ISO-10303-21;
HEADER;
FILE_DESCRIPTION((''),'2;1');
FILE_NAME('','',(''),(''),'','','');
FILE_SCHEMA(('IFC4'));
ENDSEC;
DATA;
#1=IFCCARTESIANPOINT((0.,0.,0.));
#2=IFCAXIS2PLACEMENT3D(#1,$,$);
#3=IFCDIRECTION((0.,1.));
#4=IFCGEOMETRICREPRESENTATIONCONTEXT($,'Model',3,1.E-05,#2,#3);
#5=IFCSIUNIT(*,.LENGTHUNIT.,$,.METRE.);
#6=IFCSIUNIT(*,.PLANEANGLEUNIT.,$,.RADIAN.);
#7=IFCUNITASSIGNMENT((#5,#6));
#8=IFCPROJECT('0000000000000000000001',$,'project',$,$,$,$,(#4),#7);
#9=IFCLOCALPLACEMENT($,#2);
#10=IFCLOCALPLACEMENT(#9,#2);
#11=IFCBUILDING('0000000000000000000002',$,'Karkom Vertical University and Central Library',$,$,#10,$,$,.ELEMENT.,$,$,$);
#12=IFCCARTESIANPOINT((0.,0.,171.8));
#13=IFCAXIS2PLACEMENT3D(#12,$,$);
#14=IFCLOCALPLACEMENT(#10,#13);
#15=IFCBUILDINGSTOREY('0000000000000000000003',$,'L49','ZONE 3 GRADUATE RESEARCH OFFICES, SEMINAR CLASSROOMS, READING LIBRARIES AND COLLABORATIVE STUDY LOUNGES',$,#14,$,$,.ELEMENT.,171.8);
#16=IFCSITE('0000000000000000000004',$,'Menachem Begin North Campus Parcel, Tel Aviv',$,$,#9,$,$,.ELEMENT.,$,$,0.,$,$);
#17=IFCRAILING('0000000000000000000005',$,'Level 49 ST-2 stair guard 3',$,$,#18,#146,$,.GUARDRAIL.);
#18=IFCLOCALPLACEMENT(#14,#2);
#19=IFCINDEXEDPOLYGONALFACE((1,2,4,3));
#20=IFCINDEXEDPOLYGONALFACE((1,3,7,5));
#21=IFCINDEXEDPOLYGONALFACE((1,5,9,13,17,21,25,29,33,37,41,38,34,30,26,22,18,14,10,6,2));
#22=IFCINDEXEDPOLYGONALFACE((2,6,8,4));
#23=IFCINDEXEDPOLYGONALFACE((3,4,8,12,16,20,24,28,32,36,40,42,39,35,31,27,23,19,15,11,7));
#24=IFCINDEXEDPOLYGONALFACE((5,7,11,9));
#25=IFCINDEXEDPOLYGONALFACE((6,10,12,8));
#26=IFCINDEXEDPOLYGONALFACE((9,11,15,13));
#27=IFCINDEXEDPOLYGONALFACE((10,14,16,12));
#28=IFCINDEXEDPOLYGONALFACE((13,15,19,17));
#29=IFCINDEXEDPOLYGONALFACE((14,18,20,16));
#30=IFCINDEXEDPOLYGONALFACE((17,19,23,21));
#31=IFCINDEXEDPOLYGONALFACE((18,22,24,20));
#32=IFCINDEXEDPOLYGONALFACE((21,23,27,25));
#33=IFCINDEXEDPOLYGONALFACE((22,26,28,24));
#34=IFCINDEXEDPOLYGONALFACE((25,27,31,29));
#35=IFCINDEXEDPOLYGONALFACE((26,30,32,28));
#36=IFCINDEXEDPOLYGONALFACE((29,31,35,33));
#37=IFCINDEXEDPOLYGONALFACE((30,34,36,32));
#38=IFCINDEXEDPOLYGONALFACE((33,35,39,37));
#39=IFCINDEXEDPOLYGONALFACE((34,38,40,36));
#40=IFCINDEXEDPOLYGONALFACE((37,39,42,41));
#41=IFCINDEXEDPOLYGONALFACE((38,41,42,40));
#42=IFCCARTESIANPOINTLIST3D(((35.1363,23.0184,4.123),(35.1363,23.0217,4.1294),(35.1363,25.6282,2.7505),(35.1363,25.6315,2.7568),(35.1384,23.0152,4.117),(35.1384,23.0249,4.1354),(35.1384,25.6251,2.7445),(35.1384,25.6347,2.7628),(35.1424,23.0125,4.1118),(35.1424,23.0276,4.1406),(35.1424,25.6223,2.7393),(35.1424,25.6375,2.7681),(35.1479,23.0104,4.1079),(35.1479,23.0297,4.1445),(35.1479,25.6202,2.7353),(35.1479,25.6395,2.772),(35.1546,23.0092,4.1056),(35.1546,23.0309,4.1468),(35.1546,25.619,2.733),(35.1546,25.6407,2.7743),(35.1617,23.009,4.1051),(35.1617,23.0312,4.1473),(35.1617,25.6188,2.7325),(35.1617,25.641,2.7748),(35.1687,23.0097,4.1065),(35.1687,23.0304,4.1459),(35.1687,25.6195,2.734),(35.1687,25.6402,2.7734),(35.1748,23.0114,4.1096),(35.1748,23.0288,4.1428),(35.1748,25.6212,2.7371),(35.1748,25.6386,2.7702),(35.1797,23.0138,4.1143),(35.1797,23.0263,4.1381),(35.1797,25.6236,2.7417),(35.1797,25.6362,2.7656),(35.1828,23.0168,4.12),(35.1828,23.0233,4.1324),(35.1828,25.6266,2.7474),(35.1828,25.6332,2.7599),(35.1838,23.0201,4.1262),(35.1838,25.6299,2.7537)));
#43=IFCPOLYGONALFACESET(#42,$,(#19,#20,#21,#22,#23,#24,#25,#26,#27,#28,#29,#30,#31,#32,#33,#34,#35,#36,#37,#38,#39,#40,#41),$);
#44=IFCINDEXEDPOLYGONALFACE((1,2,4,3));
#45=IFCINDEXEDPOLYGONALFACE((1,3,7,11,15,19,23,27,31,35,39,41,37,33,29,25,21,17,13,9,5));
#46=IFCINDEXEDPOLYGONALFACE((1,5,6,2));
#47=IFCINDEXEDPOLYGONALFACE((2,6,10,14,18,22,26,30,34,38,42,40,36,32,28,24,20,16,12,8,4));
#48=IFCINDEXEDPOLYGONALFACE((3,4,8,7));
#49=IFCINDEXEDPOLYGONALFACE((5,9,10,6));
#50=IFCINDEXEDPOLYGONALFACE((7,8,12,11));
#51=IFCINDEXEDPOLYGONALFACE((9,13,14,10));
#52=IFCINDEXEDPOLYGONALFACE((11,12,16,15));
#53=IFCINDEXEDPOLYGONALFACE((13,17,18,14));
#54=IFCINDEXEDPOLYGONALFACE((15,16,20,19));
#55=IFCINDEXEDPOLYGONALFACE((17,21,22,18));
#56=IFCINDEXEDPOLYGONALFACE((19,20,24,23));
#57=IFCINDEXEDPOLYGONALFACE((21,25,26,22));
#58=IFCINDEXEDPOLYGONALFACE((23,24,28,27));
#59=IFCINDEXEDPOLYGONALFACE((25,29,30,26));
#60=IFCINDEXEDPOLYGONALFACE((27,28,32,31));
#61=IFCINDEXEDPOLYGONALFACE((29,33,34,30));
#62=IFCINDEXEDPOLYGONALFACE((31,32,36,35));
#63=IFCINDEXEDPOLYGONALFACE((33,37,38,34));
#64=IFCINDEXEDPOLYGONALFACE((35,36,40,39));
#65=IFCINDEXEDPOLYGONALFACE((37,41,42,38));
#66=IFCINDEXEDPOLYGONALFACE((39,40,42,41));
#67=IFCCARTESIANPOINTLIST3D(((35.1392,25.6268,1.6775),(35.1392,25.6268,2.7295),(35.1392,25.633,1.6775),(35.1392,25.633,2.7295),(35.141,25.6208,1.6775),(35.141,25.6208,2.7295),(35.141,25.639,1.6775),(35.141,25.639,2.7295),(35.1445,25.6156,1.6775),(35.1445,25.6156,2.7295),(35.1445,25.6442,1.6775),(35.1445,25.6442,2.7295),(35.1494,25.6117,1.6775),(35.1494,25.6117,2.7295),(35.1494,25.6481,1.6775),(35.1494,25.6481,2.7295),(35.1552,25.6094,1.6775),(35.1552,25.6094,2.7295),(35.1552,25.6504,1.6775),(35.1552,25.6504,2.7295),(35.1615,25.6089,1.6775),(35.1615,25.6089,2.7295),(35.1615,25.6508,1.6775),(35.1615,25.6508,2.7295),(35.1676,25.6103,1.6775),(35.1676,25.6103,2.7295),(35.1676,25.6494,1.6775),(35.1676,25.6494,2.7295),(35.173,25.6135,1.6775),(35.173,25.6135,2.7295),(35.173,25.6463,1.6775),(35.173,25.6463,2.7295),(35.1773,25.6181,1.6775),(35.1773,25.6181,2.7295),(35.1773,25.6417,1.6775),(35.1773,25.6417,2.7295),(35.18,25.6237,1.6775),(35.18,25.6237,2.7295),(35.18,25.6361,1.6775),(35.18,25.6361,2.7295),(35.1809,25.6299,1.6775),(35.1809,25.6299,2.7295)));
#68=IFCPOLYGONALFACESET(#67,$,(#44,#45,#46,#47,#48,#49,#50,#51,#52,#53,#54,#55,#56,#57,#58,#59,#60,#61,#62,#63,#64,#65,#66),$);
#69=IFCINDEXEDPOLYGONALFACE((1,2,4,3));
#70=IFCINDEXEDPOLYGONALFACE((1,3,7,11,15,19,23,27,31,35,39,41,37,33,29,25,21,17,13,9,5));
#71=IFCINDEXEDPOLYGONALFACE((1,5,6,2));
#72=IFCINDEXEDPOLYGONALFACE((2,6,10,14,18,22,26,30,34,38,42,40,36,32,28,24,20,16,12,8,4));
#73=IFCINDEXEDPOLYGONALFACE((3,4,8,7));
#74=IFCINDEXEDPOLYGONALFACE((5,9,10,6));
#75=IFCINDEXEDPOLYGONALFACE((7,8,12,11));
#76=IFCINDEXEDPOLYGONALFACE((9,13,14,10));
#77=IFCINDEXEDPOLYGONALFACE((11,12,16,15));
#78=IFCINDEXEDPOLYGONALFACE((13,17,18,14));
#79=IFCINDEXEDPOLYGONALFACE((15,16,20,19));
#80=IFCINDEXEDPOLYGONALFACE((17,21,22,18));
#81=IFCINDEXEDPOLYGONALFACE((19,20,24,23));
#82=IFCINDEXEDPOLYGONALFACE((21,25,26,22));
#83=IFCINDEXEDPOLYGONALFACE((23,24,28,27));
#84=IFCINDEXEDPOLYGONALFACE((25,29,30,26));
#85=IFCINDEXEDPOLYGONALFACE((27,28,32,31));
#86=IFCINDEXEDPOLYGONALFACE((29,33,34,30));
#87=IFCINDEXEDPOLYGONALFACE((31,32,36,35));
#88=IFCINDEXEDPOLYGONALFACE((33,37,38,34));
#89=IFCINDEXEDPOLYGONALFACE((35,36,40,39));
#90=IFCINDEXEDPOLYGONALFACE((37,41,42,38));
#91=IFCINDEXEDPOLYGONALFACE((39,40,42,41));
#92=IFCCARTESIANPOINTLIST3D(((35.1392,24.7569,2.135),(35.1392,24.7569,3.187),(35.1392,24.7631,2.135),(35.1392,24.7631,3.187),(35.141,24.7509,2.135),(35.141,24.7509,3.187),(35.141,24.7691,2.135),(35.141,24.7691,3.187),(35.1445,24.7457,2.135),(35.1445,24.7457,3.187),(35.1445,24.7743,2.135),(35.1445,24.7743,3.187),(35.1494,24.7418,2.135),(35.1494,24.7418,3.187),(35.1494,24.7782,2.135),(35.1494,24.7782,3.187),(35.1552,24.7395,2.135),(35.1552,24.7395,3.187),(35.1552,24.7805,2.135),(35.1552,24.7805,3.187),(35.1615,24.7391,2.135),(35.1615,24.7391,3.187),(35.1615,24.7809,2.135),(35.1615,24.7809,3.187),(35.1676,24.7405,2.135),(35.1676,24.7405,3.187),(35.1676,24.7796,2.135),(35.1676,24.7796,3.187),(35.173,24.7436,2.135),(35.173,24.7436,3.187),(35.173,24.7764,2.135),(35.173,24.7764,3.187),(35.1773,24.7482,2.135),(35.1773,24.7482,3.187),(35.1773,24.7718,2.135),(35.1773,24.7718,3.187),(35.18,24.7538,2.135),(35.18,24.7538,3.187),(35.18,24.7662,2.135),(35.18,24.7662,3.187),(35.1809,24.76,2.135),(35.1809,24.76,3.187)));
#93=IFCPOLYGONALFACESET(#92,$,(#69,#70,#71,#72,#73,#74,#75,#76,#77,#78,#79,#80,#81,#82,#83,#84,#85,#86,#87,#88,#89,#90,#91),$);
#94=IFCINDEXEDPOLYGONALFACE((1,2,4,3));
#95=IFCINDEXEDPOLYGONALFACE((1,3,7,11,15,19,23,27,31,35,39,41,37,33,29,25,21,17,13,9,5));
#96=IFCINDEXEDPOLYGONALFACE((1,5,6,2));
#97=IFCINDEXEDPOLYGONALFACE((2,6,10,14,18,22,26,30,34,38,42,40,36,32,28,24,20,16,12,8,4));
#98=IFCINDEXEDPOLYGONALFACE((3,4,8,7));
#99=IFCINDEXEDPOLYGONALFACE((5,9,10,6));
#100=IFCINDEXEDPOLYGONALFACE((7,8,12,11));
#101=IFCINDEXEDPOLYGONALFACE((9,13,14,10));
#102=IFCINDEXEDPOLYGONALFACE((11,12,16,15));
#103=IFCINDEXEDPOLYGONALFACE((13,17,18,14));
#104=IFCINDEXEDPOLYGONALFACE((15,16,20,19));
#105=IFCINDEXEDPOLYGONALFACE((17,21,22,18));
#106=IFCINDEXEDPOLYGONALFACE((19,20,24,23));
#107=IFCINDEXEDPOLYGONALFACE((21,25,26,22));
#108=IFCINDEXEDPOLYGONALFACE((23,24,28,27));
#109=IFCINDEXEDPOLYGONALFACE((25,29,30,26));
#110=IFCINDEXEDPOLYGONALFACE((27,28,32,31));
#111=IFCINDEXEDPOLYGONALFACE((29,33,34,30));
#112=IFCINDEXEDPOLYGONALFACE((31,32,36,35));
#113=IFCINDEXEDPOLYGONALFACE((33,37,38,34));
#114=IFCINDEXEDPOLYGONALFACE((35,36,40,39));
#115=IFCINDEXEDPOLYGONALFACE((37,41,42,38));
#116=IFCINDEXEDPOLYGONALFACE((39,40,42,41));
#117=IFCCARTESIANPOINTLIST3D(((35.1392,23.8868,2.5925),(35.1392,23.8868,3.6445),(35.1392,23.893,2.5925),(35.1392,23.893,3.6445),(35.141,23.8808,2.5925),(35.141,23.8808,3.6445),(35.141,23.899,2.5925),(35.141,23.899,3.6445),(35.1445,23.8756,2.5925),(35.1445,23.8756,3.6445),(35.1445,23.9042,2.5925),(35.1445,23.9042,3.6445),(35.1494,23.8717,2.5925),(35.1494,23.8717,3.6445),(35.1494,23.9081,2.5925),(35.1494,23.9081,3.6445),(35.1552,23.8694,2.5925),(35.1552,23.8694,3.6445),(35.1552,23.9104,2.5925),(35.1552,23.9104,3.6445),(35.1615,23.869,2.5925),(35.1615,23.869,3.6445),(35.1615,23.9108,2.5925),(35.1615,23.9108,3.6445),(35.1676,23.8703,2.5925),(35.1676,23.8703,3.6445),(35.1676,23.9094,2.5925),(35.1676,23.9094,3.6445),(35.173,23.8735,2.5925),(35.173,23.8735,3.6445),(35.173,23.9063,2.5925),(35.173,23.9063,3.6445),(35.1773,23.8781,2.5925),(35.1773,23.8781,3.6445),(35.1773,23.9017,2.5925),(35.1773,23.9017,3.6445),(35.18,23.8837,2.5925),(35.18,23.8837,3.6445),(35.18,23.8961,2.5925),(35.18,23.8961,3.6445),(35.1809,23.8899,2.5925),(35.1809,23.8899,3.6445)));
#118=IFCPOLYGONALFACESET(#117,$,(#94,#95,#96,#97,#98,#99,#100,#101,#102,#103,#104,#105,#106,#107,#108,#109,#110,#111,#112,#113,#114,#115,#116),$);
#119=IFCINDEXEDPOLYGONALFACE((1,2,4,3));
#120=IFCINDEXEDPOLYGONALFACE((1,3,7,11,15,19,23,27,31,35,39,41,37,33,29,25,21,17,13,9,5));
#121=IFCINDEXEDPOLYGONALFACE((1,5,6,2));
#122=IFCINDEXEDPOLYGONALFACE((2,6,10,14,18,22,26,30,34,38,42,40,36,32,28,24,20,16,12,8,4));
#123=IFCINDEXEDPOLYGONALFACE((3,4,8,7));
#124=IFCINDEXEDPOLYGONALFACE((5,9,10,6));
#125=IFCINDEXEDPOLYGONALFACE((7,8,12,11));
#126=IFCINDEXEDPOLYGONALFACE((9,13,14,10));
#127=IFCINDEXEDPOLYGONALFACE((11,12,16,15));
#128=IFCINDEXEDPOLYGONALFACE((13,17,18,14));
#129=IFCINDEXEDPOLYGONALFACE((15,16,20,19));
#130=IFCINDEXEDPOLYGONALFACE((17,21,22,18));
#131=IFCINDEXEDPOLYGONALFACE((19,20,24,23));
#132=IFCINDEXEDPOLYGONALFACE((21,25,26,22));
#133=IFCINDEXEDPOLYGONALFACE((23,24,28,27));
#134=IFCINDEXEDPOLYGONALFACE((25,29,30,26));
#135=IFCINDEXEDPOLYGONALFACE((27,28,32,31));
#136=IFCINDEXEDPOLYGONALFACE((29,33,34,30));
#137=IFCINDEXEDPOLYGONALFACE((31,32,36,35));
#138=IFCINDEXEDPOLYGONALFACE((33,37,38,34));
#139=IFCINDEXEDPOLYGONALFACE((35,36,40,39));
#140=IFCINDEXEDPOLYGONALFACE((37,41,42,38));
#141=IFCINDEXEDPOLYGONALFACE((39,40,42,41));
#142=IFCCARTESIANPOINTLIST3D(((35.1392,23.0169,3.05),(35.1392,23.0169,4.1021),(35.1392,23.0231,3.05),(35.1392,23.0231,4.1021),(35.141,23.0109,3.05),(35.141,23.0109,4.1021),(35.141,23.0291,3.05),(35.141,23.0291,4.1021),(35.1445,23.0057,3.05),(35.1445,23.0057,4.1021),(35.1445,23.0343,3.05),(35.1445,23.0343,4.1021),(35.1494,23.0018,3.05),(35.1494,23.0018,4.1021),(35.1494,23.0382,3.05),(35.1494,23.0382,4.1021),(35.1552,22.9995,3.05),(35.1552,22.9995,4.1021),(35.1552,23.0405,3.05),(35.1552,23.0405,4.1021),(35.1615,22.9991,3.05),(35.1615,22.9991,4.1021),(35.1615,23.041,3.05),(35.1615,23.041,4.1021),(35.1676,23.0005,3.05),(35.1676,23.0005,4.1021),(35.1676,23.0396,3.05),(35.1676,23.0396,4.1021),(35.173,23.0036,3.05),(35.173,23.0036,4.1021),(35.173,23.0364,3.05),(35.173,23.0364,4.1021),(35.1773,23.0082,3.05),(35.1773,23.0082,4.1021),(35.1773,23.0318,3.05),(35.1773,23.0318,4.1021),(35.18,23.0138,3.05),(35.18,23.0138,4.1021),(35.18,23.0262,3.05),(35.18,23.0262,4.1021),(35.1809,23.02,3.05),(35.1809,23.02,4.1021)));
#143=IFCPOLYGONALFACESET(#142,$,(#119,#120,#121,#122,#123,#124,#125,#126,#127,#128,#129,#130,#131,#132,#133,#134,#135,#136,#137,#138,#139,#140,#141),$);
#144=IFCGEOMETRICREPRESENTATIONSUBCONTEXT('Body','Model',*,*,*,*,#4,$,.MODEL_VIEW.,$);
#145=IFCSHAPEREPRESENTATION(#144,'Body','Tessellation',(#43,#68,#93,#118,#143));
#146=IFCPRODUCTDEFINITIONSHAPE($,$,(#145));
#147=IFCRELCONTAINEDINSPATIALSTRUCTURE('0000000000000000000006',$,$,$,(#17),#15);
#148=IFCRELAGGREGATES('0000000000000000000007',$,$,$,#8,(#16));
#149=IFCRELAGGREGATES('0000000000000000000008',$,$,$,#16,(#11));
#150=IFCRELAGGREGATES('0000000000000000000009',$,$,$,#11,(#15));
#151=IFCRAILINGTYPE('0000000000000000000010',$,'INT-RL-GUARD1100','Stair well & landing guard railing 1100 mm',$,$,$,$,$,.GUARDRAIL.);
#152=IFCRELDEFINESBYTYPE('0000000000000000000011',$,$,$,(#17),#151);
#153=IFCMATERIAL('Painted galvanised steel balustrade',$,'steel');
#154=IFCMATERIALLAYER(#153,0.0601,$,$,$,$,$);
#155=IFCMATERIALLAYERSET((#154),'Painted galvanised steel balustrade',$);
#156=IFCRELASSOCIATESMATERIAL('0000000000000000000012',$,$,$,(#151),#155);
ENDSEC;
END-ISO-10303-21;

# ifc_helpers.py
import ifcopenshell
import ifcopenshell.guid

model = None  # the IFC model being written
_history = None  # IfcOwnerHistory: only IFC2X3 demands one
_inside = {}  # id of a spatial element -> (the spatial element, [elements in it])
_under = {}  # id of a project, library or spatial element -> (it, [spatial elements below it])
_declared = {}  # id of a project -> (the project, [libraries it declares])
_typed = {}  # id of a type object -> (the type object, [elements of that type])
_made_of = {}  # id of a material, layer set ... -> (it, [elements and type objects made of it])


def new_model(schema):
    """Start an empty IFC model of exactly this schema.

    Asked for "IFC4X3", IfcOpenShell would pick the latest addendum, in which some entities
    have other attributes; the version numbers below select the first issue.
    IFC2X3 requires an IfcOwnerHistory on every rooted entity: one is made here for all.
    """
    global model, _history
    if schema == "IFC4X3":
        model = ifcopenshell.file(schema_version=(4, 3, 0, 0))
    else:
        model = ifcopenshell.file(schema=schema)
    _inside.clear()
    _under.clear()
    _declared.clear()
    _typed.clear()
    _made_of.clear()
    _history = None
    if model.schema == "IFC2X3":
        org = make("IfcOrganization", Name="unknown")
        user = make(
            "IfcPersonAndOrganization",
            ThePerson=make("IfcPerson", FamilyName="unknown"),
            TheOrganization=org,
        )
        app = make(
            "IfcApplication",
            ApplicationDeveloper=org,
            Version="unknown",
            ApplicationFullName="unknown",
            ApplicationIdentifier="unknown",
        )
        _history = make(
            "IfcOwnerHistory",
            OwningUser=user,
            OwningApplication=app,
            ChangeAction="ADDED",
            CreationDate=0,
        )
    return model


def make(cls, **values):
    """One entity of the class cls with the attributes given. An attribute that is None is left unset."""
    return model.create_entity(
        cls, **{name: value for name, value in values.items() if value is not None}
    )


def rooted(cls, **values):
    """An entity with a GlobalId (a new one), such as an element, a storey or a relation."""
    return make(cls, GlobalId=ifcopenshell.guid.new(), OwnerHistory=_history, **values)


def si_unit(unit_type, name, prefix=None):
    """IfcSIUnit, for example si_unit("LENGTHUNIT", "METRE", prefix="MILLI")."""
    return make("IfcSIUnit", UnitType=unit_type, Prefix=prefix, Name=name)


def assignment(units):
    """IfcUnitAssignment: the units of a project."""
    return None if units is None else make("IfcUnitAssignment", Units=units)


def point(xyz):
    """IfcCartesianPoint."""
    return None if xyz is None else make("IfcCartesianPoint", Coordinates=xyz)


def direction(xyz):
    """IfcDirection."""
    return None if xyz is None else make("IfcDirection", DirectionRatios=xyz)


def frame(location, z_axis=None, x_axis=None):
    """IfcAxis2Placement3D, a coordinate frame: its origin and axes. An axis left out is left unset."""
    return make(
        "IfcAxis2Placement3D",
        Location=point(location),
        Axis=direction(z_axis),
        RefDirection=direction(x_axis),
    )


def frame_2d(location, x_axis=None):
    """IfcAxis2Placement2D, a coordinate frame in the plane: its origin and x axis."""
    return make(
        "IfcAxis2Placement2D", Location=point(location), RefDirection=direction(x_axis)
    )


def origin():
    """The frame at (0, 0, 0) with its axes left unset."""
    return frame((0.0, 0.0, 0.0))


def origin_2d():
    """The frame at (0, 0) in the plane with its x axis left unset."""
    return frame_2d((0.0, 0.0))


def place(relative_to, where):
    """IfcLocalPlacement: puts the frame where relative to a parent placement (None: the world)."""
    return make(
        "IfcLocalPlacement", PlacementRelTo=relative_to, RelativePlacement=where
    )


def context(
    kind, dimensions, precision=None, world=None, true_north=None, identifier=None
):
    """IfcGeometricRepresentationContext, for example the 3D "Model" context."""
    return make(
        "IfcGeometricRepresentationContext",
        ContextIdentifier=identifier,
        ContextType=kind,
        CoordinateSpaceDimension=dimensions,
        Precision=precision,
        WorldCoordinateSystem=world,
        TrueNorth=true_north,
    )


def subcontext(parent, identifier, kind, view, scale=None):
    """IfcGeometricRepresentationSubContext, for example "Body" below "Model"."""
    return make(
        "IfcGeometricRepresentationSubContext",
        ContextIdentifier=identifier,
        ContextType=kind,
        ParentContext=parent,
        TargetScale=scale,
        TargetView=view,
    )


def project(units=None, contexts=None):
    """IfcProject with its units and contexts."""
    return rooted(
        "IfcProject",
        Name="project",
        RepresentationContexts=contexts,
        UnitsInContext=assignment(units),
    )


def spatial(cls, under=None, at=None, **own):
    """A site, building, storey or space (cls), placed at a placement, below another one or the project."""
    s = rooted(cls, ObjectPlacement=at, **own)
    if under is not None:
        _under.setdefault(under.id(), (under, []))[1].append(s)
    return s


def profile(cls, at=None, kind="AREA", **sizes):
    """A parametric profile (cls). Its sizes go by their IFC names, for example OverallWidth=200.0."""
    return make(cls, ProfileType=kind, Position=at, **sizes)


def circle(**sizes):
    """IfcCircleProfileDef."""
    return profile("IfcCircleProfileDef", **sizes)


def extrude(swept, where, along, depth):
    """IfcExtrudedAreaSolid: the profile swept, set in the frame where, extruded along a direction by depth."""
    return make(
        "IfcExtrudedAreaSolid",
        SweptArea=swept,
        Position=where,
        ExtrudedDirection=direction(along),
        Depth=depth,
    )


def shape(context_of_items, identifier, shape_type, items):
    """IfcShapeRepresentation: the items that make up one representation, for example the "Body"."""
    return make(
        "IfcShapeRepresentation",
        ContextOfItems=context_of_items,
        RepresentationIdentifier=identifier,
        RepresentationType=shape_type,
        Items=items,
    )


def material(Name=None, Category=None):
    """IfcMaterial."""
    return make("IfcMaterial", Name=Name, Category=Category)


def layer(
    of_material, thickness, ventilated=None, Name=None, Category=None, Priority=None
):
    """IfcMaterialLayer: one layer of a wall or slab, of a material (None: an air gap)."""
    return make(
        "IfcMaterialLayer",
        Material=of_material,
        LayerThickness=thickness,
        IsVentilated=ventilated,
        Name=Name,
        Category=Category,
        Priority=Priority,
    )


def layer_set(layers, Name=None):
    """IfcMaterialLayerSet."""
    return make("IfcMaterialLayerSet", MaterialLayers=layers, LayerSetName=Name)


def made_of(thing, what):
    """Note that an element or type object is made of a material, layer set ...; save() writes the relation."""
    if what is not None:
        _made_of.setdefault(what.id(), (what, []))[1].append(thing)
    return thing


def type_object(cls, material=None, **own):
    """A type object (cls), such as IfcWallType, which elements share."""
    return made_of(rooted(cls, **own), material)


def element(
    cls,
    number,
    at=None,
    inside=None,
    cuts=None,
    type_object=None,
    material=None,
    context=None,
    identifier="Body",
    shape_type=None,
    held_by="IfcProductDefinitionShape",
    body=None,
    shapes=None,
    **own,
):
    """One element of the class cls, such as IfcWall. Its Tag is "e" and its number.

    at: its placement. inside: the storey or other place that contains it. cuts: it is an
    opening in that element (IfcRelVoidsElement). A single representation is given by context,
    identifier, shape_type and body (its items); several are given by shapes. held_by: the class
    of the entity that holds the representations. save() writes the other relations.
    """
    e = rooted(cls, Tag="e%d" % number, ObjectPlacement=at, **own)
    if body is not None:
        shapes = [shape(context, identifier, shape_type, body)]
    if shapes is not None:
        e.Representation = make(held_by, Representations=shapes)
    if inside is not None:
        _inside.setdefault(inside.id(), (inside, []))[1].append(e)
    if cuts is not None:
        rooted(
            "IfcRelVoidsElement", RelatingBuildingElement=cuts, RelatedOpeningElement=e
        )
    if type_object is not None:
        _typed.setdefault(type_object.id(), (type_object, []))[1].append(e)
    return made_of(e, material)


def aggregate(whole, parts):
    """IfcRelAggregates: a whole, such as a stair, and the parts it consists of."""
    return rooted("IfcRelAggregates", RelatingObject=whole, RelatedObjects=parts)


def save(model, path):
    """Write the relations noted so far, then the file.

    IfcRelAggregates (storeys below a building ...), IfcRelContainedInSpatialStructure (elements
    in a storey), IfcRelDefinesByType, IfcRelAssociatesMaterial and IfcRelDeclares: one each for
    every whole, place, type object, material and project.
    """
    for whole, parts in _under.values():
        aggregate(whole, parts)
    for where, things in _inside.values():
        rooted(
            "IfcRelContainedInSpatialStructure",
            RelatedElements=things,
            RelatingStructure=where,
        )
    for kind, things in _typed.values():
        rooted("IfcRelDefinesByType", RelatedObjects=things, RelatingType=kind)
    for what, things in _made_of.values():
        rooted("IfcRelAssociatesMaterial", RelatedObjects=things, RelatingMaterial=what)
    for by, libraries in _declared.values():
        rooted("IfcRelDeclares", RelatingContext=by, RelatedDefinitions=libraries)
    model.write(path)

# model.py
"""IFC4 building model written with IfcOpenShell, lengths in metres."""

from ifc_helpers import new_model, si_unit, direction, frame, origin, origin_2d, place, context, subcontext, project, spatial, circle, extrude, material, layer, layer_set, type_object, element, save


model = new_model("IFC4")

# Units and contexts
model_context = context("Model", 3, precision=1e-05, world=origin(), true_north=direction((0.0, 1.0)))
body_context = subcontext(model_context, "Body", "Model", "MODEL_VIEW")
ifc_project = project(units=[si_unit("LENGTHUNIT", "METRE"), si_unit("PLANEANGLEUNIT", "RADIAN")], contexts=[model_context])

# Site, building, storey
site_placement = place(None, origin())
site = spatial("IfcSite", under=ifc_project, at=site_placement, Name="Menachem Begin North Campus Parcel, Tel Aviv", CompositionType="ELEMENT", RefElevation=0.0)
building_placement = place(site_placement, origin())
building = spatial("IfcBuilding", under=site, at=building_placement, Name="Karkom Vertical University and Central Library", CompositionType="ELEMENT")
storey_placement = place(building_placement, frame((0.0, 0.0, 171.8)))
storey = spatial("IfcBuildingStorey", under=building, at=storey_placement, Name="L49", Description="ZONE 3 GRADUATE RESEARCH OFFICES, SEMINAR CLASSROOMS, READING LIBRARIES AND COLLABORATIVE STUDY LOUNGES", CompositionType="ELEMENT", Elevation=171.8)

# Railing
ifc_material_1 = material(Name="Painted galvanised steel balustrade", Category="steel")
ifc_layer_1 = layer(ifc_material_1, 0.0601)
ifc_layer_set_1 = layer_set([ifc_layer_1], Name="Painted galvanised steel balustrade")
railing_type_1 = type_object("IfcRailingType", Name="INT-RL-GUARD1100", Description="Stair well & landing guard railing 1100 mm", PredefinedType="GUARDRAIL", material=ifc_layer_set_1)
railing_1_placement = place(storey_placement, frame((35.1599, 25.6299, 1.6775)))
element("IfcRailing", 1, at=railing_1_placement, inside=storey, type_object=railing_type_1, Name="Level 49 ST-2 stair guard 3", PredefinedType="GUARDRAIL", context=body_context, shape_type="SweptSolid", body=[
    extrude(circle(Radius=0.0239, at=origin_2d()), frame((0.0, 0.0, 1.0762), z_axis=(0.0, -0.885065, 0.465467), x_axis=(1.0, 0.0, 0.0)), (0.0, 0.0, 1.0), 2.9487),
    extrude(circle(Radius=0.021, at=origin_2d()), origin(), (0.0, 0.0, 1.0), 1.052),
    extrude(circle(Radius=0.021, at=origin_2d()), frame((0.0, -0.8699, 0.4575)), (0.0, 0.0, 1.0), 1.052),
    extrude(circle(Radius=0.021, at=origin_2d()), frame((0.0, -1.74, 0.915)), (0.0, 0.0, 1.0), 1.052),
    extrude(circle(Radius=0.021, at=origin_2d()), frame((0.0, -2.6099, 1.3726)), (0.0, 0.0, 1.0), 1.052),
])

save(model, "model.ifc")
